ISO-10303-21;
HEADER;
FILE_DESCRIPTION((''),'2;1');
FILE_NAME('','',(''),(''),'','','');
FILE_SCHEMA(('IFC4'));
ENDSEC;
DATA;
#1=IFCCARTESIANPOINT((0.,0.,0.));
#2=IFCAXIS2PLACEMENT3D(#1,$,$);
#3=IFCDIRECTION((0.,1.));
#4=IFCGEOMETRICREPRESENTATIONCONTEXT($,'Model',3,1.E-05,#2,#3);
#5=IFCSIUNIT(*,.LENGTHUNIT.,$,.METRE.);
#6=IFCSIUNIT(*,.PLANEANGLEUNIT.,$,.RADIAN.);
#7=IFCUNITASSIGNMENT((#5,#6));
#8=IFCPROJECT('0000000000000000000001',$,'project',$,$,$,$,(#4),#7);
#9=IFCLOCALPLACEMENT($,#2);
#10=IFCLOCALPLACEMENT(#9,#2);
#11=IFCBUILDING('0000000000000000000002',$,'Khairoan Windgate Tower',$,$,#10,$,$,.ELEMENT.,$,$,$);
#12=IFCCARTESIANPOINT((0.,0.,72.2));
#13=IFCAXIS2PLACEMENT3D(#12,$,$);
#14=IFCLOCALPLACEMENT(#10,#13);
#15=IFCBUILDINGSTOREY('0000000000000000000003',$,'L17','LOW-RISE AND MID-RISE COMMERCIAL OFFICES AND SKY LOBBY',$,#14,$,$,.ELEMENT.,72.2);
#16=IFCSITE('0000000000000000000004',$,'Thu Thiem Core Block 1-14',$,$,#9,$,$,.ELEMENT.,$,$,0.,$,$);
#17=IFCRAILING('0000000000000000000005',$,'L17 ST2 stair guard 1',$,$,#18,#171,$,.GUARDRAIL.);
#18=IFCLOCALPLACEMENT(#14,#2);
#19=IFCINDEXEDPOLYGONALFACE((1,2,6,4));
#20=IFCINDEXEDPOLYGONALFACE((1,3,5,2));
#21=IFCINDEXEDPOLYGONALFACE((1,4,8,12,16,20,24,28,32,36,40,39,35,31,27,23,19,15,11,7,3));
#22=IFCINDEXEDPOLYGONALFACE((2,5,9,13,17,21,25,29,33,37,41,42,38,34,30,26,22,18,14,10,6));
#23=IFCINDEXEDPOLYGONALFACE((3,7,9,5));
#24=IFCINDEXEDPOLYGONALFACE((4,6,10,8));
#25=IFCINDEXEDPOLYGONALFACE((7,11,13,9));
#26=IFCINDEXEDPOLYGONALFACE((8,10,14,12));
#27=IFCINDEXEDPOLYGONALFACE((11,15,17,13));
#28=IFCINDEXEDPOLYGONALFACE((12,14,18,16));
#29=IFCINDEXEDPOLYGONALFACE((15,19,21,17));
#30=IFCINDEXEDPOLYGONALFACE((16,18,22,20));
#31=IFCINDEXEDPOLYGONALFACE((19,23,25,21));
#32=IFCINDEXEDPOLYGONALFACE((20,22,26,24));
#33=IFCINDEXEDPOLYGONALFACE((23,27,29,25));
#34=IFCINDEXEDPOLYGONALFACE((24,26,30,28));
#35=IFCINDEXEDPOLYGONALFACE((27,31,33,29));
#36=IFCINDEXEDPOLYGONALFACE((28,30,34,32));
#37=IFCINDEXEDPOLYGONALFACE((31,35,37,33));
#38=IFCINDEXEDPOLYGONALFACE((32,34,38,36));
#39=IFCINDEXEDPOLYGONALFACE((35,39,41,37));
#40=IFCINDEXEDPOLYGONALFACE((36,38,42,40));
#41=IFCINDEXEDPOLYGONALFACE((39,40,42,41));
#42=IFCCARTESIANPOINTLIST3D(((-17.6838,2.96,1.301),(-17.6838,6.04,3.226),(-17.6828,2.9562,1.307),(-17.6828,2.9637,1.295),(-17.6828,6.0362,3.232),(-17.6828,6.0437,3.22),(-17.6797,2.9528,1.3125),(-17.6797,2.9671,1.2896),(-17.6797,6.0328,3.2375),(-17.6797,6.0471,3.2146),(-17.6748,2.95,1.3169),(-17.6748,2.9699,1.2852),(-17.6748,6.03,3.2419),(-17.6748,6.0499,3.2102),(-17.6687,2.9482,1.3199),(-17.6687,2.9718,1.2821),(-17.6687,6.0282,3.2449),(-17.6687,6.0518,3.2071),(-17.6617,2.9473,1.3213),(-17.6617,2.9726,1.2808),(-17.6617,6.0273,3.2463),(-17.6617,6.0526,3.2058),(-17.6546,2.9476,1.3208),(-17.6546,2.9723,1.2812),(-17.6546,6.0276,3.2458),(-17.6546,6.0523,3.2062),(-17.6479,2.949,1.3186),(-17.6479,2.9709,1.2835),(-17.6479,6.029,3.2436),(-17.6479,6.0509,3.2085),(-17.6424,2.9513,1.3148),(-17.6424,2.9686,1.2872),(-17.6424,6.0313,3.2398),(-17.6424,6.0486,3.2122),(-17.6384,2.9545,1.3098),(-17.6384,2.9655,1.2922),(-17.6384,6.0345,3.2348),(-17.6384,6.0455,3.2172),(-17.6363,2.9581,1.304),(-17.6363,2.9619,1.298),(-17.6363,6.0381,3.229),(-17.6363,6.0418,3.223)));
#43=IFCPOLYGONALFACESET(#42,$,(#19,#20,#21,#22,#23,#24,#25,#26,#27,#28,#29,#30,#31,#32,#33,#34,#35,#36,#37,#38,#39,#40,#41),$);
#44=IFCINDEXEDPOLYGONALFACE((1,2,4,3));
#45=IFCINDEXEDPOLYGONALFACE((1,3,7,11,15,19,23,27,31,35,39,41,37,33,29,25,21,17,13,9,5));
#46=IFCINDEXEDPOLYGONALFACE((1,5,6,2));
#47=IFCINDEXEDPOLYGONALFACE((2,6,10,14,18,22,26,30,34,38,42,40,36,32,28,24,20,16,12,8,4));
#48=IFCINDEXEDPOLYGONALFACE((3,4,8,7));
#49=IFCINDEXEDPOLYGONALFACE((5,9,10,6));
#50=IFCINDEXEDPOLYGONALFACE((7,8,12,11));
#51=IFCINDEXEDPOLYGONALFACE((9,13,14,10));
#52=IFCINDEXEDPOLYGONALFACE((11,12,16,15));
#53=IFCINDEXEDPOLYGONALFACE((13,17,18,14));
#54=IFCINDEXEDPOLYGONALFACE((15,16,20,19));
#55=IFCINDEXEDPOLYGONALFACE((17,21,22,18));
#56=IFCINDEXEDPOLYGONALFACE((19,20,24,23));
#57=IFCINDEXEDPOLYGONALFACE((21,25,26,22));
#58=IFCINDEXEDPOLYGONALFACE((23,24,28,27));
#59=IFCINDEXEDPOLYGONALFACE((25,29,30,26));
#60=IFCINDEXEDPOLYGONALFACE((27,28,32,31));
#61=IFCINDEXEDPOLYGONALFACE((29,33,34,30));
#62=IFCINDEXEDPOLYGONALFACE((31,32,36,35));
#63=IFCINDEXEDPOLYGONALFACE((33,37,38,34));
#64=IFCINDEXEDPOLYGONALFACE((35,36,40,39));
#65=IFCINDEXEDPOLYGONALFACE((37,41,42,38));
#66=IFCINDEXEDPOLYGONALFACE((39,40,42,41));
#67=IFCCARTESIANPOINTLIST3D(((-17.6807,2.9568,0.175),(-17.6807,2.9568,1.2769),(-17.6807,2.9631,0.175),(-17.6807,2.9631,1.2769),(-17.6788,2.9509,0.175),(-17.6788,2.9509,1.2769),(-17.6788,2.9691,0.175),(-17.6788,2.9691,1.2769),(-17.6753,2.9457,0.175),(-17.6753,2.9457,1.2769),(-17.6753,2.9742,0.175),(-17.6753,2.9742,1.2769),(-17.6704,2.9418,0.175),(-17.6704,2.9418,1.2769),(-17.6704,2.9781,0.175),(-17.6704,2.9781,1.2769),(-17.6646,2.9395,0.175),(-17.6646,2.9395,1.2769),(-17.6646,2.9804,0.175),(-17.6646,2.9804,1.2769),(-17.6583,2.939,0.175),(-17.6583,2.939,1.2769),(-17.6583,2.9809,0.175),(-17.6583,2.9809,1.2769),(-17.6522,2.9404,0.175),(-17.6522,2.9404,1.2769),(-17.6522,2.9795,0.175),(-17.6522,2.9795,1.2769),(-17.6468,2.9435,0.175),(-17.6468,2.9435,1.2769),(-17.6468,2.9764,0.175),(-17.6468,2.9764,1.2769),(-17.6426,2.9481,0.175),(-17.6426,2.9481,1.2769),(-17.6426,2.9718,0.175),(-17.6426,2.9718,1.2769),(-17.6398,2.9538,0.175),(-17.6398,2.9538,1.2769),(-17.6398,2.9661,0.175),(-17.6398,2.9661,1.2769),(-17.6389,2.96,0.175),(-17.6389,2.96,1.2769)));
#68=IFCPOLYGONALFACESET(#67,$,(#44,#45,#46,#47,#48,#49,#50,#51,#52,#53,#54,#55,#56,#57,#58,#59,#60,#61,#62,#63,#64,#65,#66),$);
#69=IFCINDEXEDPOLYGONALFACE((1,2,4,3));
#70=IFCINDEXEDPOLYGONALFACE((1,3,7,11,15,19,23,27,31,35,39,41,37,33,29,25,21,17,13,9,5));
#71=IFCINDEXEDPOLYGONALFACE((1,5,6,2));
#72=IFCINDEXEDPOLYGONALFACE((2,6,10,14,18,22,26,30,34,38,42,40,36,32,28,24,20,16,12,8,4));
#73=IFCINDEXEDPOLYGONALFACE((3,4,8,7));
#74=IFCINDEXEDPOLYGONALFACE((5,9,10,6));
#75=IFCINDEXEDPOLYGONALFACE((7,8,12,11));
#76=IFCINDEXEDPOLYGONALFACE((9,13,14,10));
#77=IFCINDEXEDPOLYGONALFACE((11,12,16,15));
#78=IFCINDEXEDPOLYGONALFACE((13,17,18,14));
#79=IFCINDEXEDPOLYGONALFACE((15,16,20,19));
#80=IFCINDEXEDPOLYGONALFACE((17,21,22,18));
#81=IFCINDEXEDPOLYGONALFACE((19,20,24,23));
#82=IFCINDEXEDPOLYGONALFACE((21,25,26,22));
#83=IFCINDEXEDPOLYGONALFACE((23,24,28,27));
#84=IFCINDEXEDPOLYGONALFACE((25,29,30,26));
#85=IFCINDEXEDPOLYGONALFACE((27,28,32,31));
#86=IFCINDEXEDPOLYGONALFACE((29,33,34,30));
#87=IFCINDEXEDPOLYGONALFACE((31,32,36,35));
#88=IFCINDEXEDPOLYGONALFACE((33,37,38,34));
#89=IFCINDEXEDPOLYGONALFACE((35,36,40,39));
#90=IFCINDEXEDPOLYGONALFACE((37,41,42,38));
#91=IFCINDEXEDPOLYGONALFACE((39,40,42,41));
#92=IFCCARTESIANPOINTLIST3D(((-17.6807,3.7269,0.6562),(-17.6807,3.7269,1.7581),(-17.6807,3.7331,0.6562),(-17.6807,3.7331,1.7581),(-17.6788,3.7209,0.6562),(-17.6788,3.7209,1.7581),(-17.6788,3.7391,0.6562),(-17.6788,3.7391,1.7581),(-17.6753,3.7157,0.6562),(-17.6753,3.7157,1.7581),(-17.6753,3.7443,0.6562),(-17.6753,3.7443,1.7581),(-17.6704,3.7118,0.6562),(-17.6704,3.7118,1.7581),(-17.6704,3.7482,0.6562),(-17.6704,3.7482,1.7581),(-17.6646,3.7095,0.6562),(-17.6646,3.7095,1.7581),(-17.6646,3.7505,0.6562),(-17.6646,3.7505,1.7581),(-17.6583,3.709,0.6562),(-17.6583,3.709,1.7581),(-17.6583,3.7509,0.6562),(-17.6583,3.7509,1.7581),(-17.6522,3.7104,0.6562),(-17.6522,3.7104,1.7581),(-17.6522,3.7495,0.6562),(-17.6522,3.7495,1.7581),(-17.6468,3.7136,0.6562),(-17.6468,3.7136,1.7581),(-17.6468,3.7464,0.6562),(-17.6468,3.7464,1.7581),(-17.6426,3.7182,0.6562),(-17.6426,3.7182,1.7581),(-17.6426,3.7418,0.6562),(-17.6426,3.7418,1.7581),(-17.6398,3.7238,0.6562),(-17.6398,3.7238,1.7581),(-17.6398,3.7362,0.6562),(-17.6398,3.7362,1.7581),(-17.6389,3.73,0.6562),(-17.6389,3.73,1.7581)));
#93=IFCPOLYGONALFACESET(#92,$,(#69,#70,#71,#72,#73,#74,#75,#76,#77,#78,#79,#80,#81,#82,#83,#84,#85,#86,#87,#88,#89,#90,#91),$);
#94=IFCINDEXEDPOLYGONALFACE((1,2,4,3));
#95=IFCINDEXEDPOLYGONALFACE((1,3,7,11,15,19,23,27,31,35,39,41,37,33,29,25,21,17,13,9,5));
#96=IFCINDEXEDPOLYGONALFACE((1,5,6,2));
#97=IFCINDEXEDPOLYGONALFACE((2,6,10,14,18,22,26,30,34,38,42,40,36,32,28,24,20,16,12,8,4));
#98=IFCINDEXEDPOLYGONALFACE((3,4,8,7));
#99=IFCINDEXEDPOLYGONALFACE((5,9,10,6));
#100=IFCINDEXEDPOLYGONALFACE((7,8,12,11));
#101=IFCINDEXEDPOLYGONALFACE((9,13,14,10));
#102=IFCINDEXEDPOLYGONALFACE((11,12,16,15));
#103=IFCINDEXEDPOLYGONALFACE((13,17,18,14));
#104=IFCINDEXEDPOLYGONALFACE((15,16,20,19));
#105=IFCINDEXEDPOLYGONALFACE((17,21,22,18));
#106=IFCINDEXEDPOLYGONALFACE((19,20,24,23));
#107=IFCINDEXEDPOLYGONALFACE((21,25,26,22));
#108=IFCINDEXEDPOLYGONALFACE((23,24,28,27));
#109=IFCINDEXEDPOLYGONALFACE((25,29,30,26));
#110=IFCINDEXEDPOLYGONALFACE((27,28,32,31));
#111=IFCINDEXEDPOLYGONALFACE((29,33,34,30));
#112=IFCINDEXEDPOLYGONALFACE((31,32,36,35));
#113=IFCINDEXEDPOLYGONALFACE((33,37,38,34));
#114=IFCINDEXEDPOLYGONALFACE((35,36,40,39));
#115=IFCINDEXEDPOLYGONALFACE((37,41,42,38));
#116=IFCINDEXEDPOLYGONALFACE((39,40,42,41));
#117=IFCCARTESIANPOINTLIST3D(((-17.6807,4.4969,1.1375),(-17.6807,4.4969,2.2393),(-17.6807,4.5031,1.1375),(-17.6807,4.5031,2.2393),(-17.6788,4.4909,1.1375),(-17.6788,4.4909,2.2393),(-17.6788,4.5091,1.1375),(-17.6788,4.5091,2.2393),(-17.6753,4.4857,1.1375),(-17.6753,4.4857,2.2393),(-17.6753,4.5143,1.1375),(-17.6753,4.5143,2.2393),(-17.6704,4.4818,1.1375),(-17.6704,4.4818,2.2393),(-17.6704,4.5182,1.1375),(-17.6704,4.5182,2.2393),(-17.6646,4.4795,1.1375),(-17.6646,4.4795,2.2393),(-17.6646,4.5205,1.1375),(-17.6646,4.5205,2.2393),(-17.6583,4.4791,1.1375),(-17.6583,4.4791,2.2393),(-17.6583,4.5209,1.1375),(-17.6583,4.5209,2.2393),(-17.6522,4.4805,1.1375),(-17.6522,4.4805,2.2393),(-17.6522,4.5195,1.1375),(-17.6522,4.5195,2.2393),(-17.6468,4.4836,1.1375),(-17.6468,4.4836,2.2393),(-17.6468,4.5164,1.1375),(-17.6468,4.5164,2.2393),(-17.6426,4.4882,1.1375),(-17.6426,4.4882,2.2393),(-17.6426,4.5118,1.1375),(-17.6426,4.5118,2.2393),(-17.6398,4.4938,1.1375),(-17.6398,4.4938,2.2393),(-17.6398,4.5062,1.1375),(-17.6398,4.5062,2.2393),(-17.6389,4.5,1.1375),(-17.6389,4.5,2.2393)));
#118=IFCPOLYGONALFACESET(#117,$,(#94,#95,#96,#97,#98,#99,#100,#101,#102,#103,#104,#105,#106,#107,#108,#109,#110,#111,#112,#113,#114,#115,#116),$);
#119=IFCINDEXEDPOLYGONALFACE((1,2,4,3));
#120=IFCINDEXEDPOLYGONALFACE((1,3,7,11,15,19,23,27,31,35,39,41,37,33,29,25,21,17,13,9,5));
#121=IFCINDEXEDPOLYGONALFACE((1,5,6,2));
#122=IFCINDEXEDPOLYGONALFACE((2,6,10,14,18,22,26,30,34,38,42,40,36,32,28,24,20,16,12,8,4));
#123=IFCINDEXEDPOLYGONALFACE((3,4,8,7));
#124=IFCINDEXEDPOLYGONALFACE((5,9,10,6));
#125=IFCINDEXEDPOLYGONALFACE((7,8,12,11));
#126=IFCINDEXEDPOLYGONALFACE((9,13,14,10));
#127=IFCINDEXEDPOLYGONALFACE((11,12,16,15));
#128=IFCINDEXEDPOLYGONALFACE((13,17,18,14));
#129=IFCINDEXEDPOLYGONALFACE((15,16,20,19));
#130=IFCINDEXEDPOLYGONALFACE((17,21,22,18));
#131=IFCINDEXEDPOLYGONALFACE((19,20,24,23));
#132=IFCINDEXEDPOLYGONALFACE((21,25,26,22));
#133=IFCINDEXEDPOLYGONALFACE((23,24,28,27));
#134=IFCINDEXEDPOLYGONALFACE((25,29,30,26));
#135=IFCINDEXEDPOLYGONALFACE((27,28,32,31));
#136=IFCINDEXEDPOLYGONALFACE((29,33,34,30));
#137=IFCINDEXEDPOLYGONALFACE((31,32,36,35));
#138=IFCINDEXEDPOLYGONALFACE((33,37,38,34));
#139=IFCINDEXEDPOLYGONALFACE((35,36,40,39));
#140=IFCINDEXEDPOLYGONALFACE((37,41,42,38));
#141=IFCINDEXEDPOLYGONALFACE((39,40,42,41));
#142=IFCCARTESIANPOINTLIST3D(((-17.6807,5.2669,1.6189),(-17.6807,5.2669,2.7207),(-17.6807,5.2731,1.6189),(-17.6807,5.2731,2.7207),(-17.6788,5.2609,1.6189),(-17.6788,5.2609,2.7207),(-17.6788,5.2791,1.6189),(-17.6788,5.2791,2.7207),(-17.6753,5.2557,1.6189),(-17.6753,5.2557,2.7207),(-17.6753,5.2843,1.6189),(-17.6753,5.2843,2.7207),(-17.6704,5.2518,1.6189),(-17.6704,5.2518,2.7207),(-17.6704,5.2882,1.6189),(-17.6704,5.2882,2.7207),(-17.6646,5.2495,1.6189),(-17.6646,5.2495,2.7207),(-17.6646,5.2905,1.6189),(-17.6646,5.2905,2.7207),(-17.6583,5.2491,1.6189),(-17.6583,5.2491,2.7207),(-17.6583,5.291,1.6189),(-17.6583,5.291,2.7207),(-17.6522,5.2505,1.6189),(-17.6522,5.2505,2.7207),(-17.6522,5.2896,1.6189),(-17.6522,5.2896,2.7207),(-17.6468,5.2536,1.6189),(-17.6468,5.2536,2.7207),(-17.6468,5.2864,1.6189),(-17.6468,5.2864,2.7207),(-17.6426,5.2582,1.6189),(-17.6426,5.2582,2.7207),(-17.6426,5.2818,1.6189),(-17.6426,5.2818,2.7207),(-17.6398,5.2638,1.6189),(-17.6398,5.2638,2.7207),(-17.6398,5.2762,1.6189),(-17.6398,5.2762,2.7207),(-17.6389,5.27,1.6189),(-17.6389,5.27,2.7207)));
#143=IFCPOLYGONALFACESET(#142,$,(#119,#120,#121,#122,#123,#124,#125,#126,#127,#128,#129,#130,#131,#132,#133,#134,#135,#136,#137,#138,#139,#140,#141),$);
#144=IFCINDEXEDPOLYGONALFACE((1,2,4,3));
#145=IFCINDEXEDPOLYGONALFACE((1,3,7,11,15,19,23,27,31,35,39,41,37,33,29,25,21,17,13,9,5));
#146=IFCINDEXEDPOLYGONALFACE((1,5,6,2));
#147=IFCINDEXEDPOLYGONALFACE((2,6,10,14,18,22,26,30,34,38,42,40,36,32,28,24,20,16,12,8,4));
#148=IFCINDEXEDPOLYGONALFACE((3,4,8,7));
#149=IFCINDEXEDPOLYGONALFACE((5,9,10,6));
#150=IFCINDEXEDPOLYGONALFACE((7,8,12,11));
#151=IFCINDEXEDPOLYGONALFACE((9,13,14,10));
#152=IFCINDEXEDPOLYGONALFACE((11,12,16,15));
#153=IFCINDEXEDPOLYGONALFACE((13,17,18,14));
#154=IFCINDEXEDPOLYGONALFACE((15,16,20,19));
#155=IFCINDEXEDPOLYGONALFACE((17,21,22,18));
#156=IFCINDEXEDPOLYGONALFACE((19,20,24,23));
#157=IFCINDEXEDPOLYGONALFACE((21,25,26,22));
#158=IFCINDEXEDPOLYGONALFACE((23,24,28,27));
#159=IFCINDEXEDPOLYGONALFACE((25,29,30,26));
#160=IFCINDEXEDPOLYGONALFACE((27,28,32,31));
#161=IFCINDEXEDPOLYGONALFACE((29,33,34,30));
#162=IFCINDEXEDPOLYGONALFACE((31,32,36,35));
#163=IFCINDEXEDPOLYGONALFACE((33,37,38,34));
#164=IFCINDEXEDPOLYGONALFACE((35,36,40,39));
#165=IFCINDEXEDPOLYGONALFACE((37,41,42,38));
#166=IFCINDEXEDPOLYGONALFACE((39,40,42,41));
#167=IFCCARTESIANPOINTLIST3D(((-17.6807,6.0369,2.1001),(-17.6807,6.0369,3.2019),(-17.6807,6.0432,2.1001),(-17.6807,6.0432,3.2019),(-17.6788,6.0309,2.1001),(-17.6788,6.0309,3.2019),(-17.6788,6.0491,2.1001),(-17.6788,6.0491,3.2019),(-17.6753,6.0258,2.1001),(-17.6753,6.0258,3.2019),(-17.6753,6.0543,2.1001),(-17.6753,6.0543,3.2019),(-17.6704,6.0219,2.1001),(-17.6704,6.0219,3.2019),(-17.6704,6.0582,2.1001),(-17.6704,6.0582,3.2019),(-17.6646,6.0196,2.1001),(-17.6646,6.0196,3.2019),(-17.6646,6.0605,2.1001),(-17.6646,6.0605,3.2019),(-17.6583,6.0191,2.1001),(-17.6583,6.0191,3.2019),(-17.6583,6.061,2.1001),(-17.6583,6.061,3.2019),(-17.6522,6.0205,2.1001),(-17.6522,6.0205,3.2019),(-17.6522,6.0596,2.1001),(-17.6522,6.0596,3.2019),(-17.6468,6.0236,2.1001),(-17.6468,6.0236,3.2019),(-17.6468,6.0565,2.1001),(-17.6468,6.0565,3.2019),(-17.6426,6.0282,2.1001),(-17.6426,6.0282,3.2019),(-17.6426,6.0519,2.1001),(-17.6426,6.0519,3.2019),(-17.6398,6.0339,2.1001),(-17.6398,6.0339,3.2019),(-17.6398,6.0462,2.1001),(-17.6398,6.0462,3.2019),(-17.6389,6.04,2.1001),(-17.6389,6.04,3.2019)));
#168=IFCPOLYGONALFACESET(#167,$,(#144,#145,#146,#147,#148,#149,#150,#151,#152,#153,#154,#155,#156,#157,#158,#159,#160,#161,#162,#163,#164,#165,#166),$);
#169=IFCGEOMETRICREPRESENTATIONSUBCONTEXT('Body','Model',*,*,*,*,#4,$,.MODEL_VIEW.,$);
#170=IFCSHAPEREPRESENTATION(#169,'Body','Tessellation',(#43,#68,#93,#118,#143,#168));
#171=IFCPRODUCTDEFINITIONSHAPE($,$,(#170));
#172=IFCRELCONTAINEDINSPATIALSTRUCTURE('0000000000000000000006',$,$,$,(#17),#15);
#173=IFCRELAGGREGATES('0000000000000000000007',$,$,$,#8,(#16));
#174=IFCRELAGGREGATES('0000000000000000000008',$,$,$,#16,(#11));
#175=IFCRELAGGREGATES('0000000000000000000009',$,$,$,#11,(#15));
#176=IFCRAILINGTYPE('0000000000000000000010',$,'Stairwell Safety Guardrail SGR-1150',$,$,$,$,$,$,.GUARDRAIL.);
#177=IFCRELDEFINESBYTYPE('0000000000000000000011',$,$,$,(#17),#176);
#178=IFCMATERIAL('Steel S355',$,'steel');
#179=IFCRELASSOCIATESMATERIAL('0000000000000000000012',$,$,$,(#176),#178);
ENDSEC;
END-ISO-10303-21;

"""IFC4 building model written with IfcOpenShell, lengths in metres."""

from ifc_helpers import new_model, si_unit, direction, frame, origin, origin_2d, place, context, subcontext, project, spatial, circle, extrude, material, type_object, element, save


model = new_model("IFC4")

# Units and contexts
model_context = context("Model", 3, precision=1e-05, world=origin(), true_north=direction((0.0, 1.0)))
body_context = subcontext(model_context, "Body", "Model", "MODEL_VIEW")
ifc_project = project(units=[si_unit("LENGTHUNIT", "METRE"), si_unit("PLANEANGLEUNIT", "RADIAN")], contexts=[model_context])

# Site, building, storey
site_placement = place(None, origin())
site = spatial("IfcSite", under=ifc_project, at=site_placement, Name="Thu Thiem Core Block 1-14", CompositionType="ELEMENT", RefElevation=0.0)
building_placement = place(site_placement, origin())
building = spatial("IfcBuilding", under=site, at=building_placement, Name="Khairoan Windgate Tower", CompositionType="ELEMENT")
storey_placement = place(building_placement, frame((0.0, 0.0, 72.2)))
storey = spatial("IfcBuildingStorey", under=building, at=storey_placement, Name="L17", Description="LOW-RISE AND MID-RISE COMMERCIAL OFFICES AND SKY LOBBY", CompositionType="ELEMENT", Elevation=72.2)

# Railing
ifc_material_1 = material(Name="Steel S355", Category="steel")
railing_type_1 = type_object("IfcRailingType", Name="Stairwell Safety Guardrail SGR-1150", PredefinedType="GUARDRAIL", material=ifc_material_1)
railing_1_placement = place(storey_placement, frame((-17.6599, 2.96, 0.175)))
element("IfcRailing", 1, at=railing_1_placement, inside=storey, type_object=railing_type_1, Name="L17 ST2 stair guard 1", PredefinedType="GUARDRAIL", context=body_context, shape_type="SweptSolid", body=[
    extrude(circle(Radius=0.0239, at=origin_2d()), frame((0.0, 0.0, 1.126), z_axis=(0.0, 0.847998, 0.529999), x_axis=(-1.0, 0.0, 0.0)), (0.0, 0.0, 1.0), 3.6321),
    extrude(circle(Radius=0.021, at=origin_2d()), origin(), (0.0, 0.0, 1.0), 1.1018),
    extrude(circle(Radius=0.021, at=origin_2d()), frame((0.0, 0.77, 0.4812)), (0.0, 0.0, 1.0), 1.1018),
    extrude(circle(Radius=0.021, at=origin_2d()), frame((0.0, 1.54, 0.9624)), (0.0, 0.0, 1.0), 1.1018),
    extrude(circle(Radius=0.021, at=origin_2d()), frame((0.0, 2.3101, 1.4438)), (0.0, 0.0, 1.0), 1.1018),
    extrude(circle(Radius=0.021, at=origin_2d()), frame((0.0, 3.0801, 1.925)), (0.0, 0.0, 1.0), 1.1018),
])

save(model, "model.ifc")
